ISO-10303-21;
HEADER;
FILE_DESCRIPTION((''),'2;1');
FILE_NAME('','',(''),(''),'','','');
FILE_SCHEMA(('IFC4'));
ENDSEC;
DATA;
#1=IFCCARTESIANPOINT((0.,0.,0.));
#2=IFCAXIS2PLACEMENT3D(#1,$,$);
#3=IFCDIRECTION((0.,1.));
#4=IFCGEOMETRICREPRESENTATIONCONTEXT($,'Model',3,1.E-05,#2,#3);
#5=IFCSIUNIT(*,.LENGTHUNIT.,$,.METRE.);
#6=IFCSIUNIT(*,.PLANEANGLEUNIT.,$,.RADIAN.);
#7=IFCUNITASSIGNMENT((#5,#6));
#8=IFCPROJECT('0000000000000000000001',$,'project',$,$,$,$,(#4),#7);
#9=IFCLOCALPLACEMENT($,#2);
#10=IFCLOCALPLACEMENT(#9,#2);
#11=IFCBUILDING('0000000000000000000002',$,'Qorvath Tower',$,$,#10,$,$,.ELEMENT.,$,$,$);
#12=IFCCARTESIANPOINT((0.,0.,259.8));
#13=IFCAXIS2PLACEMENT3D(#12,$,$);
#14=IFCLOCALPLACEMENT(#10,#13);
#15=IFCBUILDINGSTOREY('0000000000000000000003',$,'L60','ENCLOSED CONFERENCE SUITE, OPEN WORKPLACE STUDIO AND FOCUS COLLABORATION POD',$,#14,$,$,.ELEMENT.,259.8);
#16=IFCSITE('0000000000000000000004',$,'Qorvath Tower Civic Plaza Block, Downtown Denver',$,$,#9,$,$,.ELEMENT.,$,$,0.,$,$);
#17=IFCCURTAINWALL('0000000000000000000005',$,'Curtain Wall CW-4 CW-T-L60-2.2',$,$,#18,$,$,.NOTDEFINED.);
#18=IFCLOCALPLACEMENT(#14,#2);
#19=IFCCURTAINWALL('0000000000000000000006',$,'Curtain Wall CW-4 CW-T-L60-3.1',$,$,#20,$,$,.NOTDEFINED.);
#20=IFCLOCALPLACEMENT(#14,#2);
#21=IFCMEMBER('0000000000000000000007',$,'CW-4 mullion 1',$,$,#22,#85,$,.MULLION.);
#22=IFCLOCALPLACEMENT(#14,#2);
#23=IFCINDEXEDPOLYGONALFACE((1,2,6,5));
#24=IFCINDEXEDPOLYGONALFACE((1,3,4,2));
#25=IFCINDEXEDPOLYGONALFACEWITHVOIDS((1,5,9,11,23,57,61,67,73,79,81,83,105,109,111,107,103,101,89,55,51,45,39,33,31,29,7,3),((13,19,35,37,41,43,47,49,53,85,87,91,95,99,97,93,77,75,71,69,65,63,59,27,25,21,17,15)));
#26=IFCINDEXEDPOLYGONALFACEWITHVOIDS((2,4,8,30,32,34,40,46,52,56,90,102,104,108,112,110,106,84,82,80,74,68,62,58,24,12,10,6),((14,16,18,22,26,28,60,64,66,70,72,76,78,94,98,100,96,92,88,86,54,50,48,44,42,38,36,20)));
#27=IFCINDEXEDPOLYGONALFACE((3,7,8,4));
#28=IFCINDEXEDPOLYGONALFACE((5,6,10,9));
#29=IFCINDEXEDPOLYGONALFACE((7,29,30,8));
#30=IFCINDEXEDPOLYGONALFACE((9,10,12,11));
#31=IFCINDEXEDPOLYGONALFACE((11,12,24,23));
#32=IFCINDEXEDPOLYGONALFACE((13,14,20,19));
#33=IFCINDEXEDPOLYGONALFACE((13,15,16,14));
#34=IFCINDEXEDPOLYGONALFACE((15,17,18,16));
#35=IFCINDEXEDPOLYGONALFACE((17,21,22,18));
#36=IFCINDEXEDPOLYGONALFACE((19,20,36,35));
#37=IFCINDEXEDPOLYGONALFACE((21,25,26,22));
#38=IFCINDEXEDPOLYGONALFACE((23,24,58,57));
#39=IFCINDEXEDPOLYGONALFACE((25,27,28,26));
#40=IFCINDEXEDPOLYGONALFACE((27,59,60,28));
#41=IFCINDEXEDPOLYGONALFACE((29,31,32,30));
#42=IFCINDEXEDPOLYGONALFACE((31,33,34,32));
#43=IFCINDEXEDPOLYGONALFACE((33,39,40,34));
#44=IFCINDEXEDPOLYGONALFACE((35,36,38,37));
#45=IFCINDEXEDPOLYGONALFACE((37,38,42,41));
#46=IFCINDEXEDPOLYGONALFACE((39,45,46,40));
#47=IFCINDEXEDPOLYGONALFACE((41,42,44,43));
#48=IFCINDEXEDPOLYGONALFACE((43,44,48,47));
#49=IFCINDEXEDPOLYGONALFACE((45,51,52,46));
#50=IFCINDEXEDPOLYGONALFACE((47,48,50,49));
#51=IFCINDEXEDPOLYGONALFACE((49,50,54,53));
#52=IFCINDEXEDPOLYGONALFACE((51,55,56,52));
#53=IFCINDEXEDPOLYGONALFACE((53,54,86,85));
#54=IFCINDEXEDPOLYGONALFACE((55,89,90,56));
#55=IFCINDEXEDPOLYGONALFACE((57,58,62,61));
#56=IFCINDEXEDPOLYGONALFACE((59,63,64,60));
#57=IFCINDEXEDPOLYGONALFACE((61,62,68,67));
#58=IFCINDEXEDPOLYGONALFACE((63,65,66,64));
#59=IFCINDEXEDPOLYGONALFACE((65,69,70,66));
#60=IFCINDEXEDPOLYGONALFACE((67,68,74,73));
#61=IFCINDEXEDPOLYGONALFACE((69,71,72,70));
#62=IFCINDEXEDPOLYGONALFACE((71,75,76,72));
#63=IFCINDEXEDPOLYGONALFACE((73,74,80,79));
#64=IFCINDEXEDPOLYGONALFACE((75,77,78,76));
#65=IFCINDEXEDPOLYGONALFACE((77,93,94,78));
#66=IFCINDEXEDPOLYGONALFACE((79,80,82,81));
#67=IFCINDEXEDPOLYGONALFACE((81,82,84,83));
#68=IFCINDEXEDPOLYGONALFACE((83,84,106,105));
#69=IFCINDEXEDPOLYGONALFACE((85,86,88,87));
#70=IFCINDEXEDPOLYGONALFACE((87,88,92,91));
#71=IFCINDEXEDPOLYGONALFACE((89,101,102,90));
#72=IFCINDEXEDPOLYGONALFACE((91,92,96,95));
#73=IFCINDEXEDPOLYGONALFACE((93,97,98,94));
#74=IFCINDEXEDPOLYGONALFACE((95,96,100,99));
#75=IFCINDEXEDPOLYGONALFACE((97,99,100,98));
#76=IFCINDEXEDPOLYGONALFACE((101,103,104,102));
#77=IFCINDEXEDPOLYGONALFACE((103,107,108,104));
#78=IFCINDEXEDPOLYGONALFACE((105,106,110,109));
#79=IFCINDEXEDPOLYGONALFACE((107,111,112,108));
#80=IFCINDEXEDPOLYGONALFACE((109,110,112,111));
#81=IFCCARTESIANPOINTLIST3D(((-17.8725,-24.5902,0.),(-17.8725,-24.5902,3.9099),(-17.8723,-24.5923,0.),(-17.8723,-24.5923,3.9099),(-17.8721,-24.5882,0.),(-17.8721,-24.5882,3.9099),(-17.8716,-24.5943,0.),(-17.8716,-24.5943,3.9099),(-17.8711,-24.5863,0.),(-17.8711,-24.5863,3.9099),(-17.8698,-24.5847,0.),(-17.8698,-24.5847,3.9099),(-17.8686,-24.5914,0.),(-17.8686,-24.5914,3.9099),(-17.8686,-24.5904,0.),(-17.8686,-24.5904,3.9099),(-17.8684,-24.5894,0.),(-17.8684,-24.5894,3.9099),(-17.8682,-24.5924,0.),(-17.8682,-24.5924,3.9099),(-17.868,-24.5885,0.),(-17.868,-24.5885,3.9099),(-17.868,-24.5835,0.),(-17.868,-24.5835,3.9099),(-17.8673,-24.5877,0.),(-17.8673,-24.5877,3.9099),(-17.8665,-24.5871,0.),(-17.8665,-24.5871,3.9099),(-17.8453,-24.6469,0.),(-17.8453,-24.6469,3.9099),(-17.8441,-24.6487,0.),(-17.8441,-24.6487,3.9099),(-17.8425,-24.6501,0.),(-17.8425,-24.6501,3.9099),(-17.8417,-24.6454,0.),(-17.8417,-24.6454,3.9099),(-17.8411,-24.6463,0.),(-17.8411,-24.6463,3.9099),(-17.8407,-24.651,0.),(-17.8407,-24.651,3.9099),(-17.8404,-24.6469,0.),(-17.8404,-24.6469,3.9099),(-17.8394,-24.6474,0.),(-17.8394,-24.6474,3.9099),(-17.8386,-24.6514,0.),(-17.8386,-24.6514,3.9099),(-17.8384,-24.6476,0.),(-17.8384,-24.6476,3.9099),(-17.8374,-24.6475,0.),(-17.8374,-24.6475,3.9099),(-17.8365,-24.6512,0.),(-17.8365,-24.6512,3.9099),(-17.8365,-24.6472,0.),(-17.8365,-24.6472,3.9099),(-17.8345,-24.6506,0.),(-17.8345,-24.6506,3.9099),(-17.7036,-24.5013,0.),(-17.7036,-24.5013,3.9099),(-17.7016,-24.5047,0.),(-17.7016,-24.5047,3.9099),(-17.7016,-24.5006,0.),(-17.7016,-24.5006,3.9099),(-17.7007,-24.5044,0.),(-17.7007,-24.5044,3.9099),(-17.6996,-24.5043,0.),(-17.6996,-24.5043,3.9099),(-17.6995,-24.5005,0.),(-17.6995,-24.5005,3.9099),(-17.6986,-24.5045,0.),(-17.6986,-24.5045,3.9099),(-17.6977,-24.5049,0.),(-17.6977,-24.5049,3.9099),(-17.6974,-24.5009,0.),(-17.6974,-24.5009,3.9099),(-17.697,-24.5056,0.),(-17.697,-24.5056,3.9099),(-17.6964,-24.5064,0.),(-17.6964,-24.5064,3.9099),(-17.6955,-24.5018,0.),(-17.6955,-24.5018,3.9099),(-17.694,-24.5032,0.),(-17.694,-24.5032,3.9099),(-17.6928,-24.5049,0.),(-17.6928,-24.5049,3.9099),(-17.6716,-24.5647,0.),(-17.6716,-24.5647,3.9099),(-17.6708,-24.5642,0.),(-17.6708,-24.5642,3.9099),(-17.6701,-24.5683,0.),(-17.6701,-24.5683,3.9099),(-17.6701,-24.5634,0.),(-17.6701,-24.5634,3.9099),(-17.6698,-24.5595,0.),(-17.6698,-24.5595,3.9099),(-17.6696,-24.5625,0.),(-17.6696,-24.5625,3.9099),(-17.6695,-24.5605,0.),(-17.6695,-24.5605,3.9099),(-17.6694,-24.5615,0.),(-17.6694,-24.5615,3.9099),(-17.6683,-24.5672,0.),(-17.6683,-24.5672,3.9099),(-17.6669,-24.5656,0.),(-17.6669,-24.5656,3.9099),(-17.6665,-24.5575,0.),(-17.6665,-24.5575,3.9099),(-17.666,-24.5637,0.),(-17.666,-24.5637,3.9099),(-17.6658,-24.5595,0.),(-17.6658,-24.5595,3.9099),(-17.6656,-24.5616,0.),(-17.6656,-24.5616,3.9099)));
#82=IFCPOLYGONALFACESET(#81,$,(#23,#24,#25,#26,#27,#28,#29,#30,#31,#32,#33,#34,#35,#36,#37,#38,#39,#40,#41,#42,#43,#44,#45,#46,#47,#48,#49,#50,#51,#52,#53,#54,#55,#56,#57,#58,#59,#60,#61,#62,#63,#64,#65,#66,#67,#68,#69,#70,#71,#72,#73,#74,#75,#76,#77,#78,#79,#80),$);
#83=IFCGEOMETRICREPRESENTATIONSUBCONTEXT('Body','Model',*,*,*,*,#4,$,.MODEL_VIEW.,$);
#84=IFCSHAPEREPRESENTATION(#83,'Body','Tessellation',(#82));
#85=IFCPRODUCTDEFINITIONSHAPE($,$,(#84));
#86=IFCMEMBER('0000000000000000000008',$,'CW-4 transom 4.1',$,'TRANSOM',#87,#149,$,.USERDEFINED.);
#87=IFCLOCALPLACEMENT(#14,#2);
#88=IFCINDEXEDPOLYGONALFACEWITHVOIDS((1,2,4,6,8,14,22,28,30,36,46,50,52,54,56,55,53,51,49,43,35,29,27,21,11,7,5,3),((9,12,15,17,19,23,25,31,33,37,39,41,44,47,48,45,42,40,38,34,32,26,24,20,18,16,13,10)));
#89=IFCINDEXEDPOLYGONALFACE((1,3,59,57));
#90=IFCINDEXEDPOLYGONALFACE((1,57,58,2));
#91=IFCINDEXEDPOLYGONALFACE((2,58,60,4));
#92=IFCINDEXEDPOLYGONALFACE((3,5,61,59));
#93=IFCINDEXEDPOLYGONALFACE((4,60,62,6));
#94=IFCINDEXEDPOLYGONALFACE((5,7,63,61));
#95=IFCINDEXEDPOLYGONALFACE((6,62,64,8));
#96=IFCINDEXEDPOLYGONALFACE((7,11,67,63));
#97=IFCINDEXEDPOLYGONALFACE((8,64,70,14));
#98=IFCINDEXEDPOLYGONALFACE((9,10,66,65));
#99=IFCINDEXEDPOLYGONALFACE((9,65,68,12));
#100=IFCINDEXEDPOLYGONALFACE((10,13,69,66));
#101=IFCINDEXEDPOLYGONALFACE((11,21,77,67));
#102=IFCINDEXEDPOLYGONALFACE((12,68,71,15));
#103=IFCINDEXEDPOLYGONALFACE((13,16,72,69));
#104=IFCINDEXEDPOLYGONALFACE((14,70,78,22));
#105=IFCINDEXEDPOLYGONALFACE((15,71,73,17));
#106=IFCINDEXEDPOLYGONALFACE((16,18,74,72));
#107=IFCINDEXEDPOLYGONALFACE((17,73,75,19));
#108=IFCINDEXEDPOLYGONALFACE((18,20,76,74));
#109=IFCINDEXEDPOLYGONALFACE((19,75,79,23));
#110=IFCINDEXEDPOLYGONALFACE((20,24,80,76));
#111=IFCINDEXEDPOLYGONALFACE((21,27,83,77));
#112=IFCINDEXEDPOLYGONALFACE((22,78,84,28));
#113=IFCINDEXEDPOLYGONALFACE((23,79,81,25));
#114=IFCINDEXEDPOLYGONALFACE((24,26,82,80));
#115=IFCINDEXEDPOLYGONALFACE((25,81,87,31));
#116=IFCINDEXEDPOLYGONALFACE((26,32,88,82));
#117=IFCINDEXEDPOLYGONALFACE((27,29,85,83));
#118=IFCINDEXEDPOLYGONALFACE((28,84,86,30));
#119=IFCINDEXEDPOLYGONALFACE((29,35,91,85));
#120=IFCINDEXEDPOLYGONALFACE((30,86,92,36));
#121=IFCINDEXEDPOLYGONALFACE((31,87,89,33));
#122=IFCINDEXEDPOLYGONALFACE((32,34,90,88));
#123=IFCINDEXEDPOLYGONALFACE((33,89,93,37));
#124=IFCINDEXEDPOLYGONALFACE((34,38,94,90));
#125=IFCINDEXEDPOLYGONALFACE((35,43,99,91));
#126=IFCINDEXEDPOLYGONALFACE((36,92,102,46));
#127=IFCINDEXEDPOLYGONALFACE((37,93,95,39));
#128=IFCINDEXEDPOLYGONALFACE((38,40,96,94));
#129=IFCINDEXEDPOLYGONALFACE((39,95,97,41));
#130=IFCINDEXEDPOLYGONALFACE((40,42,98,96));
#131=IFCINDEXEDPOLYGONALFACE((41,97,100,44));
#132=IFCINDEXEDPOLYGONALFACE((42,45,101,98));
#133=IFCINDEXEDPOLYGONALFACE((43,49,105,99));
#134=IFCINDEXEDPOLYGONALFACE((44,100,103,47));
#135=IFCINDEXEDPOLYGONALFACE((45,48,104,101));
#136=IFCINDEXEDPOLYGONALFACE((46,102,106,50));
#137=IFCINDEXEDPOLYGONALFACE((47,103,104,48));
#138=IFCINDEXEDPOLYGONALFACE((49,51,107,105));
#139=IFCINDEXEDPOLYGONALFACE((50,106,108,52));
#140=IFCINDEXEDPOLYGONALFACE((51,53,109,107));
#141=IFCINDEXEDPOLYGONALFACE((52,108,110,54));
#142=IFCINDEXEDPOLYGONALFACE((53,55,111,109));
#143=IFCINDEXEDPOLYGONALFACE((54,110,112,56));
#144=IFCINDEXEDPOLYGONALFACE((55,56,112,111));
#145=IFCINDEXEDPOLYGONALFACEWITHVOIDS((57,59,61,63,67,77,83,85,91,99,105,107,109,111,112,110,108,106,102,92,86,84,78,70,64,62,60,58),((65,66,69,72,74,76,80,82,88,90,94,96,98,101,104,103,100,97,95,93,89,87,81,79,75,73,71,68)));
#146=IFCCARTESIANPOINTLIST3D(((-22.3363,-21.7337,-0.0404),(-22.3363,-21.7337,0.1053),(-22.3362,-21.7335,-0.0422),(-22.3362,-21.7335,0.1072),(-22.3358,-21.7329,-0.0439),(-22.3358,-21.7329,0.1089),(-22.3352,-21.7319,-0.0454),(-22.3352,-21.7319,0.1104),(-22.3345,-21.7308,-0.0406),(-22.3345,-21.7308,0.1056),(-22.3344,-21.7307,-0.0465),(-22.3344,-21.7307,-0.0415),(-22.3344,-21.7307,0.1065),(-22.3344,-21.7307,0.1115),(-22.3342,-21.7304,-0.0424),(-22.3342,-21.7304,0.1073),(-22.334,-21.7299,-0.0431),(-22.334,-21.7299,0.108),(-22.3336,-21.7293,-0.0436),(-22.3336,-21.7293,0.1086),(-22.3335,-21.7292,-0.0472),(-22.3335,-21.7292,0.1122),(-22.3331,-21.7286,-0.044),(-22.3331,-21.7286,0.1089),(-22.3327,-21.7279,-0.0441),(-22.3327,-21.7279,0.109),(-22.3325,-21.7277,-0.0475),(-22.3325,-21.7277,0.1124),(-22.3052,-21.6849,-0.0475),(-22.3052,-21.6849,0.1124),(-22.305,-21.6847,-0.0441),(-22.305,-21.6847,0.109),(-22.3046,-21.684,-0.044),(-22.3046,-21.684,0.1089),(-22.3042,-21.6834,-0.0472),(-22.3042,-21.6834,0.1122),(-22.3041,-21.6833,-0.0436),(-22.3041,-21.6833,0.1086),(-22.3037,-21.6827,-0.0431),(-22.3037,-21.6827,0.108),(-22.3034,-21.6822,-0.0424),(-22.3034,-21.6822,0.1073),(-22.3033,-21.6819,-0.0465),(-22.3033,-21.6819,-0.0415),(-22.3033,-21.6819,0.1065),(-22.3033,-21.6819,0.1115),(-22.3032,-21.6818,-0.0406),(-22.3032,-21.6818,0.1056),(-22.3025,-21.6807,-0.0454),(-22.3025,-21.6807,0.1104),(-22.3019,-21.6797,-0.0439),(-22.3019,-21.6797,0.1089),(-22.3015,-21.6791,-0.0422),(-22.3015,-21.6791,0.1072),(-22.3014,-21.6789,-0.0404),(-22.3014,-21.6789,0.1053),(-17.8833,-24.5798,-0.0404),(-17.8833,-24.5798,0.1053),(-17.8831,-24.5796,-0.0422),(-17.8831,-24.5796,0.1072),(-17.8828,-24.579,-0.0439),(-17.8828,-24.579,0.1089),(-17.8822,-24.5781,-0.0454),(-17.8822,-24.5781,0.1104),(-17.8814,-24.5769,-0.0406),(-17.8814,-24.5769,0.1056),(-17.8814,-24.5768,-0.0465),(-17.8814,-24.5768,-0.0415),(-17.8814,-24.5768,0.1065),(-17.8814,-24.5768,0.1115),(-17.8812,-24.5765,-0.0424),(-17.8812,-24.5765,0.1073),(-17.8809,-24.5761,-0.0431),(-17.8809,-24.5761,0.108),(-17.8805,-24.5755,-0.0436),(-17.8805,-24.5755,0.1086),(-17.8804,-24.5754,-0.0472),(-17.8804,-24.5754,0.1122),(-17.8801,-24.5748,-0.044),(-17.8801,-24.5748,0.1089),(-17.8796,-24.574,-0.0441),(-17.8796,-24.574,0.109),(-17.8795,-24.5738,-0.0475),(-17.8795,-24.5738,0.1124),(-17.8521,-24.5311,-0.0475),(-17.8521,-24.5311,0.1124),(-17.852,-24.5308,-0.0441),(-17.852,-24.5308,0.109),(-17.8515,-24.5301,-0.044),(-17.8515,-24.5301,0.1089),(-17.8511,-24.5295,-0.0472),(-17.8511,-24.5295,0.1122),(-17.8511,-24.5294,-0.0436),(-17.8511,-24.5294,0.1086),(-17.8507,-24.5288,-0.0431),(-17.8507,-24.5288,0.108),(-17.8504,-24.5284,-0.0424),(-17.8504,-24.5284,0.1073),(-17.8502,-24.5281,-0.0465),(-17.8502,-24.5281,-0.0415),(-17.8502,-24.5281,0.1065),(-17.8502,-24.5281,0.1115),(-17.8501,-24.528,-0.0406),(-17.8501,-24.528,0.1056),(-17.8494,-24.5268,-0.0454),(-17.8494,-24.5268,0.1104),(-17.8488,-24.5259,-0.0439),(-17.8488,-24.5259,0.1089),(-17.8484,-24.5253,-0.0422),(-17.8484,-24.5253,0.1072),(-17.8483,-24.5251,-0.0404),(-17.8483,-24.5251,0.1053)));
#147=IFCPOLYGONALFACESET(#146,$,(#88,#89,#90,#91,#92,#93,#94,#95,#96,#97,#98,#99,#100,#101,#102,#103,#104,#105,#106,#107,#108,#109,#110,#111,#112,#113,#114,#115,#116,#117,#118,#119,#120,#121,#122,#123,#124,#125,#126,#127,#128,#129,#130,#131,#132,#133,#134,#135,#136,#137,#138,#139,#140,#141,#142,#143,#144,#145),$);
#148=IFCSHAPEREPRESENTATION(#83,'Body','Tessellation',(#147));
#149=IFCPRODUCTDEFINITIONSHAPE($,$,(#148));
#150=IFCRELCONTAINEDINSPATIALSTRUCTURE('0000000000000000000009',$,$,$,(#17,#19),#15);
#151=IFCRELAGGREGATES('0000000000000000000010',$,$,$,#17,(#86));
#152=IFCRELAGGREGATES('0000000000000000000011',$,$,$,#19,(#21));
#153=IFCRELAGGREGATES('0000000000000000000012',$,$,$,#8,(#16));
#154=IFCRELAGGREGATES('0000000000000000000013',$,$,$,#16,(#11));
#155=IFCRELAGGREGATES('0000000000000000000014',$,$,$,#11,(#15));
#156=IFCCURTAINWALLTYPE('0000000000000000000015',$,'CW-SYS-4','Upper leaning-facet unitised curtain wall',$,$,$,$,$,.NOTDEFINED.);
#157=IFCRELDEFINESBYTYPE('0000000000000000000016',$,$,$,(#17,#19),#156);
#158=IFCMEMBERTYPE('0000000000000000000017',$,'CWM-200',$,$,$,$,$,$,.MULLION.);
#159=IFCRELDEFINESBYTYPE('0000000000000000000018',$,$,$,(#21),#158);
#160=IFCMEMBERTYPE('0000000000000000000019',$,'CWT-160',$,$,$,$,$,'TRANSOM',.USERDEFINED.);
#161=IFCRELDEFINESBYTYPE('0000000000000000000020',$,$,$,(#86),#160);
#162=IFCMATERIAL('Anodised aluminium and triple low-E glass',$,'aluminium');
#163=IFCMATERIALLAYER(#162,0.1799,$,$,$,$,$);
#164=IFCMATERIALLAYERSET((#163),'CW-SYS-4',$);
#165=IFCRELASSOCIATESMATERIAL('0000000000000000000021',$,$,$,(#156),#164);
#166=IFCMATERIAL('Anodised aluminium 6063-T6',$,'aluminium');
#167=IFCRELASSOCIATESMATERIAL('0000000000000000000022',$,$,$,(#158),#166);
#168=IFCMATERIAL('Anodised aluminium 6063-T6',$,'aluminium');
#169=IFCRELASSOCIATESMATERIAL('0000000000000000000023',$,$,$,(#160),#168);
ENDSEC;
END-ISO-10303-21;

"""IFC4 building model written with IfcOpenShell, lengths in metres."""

from ifc_helpers import new_model, si_unit, direction, frame, origin, origin_2d, place, context, subcontext, project, spatial, hollow_rectangle, extrude, material, layer, layer_set, material_profile, profile_set, type_object, element, aggregate, save


model = new_model("IFC4")

# Units and contexts
model_context = context("Model", 3, precision=1e-05, world=origin(), true_north=direction((0.0, 1.0)))
body_context = subcontext(model_context, "Body", "Model", "MODEL_VIEW")
ifc_project = project(units=[si_unit("LENGTHUNIT", "METRE"), si_unit("PLANEANGLEUNIT", "RADIAN")], contexts=[model_context])

# Site, building, storey
site_placement = place(None, origin())
site = spatial("IfcSite", under=ifc_project, at=site_placement, Name="Qorvath Tower Civic Plaza Block, Downtown Denver", CompositionType="ELEMENT", RefElevation=0.0)
building_placement = place(site_placement, origin())
building = spatial("IfcBuilding", under=site, at=building_placement, Name="Qorvath Tower", CompositionType="ELEMENT")
storey_placement = place(building_placement, frame((0.0, 0.0, 259.8)))
storey = spatial("IfcBuildingStorey", under=building, at=storey_placement, Name="L60", Description="ENCLOSED CONFERENCE SUITE, OPEN WORKPLACE STUDIO AND FOCUS COLLABORATION POD", CompositionType="ELEMENT", Elevation=259.8)

# Curtain wall
ifc_material_1 = material(Name="Anodised aluminium and triple low-E glass", Category="aluminium")
ifc_layer_1 = layer(ifc_material_1, 0.1799)
ifc_layer_set_1 = layer_set([ifc_layer_1], Name="CW-SYS-4")
curtain_wall_type = type_object("IfcCurtainWallType", Name="CW-SYS-4", Description="Upper leaning-facet unitised curtain wall", PredefinedType="NOTDEFINED", material=ifc_layer_set_1)
curtain_wall_1_placement = place(storey_placement, origin())
curtain_wall_1 = element("IfcCurtainWall", 1, at=curtain_wall_1_placement, inside=storey, type_object=curtain_wall_type, Name="Curtain Wall CW-4 CW-T-L60-2.2", PredefinedType="NOTDEFINED")
ifc_material_2 = material(Name="Anodised aluminium 6063-T6", Category="aluminium")
ifc_material_profile_1 = material_profile(ifc_material_2, hollow_rectangle(XDim=0.075, YDim=0.2, WallThickness=0.0039, InnerFilletRadius=0.0039, OuterFilletRadius=0.0081, at=origin_2d()), Name="CWM 200x75")
ifc_profile_set_1 = profile_set([ifc_material_profile_1], Name="Anodised aluminium 6063-T6")
member_type_1 = type_object("IfcMemberType", Name="CWM-200", PredefinedType="MULLION", material=ifc_profile_set_1)

# Curtain wall, member
curtain_wall_2_placement = place(storey_placement, origin())
curtain_wall_2 = element("IfcCurtainWall", 2, at=curtain_wall_2_placement, inside=storey, type_object=curtain_wall_type, Name="Curtain Wall CW-4 CW-T-L60-3.1", PredefinedType="NOTDEFINED")
member_1_placement = place(storey_placement, frame((-17.769, -24.5759, 0.0), z_axis=(0.0, 0.0, 1.0), x_axis=(-0.447193, 0.894437, 0.0)))
member_1 = element("IfcMember", 3, at=member_1_placement, type_object=member_type_1, Name="CW-4 mullion 1", PredefinedType="MULLION", context=body_context, shape_type="SweptSolid", body=[
    extrude(hollow_rectangle(XDim=0.075, YDim=0.2, WallThickness=0.0039, InnerFilletRadius=0.0039, OuterFilletRadius=0.0081, at=origin_2d()), origin(), (0.0, 0.0, 1.0), 3.9099),
])

# Member
ifc_material_3 = material(Name="Anodised aluminium 6063-T6", Category="aluminium")
ifc_material_profile_2 = material_profile(ifc_material_3, hollow_rectangle(XDim=0.0649, YDim=0.1599, WallThickness=0.0034, InnerFilletRadius=0.0034, OuterFilletRadius=0.0071, at=origin_2d()), Name="CWT 160x65")
ifc_profile_set_2 = profile_set([ifc_material_profile_2], Name="Anodised aluminium 6063-T6")
member_type_2 = type_object("IfcMemberType", Name="CWT-160", ElementType="TRANSOM", PredefinedType="USERDEFINED", material=ifc_profile_set_2)
member_2_placement = place(storey_placement, frame((-22.3188, -21.7063, 0.0325), z_axis=(0.842598, -0.538542, 0.0), x_axis=(0.538542, 0.842598, 0.0)))
member_2 = element("IfcMember", 4, at=member_2_placement, type_object=member_type_2, Name="CW-4 transom 4.1", ObjectType="TRANSOM", PredefinedType="USERDEFINED", context=body_context, shape_type="SweptSolid", body=[
    extrude(hollow_rectangle(XDim=0.0649, YDim=0.1599, WallThickness=0.0034, InnerFilletRadius=0.0034, OuterFilletRadius=0.0071, at=origin_2d()), origin(), (0.0, 0.0, 1.0), 5.2849),
])

aggregate(curtain_wall_1, [member_2])
aggregate(curtain_wall_2, [member_1])

save(model, "model.ifc")
